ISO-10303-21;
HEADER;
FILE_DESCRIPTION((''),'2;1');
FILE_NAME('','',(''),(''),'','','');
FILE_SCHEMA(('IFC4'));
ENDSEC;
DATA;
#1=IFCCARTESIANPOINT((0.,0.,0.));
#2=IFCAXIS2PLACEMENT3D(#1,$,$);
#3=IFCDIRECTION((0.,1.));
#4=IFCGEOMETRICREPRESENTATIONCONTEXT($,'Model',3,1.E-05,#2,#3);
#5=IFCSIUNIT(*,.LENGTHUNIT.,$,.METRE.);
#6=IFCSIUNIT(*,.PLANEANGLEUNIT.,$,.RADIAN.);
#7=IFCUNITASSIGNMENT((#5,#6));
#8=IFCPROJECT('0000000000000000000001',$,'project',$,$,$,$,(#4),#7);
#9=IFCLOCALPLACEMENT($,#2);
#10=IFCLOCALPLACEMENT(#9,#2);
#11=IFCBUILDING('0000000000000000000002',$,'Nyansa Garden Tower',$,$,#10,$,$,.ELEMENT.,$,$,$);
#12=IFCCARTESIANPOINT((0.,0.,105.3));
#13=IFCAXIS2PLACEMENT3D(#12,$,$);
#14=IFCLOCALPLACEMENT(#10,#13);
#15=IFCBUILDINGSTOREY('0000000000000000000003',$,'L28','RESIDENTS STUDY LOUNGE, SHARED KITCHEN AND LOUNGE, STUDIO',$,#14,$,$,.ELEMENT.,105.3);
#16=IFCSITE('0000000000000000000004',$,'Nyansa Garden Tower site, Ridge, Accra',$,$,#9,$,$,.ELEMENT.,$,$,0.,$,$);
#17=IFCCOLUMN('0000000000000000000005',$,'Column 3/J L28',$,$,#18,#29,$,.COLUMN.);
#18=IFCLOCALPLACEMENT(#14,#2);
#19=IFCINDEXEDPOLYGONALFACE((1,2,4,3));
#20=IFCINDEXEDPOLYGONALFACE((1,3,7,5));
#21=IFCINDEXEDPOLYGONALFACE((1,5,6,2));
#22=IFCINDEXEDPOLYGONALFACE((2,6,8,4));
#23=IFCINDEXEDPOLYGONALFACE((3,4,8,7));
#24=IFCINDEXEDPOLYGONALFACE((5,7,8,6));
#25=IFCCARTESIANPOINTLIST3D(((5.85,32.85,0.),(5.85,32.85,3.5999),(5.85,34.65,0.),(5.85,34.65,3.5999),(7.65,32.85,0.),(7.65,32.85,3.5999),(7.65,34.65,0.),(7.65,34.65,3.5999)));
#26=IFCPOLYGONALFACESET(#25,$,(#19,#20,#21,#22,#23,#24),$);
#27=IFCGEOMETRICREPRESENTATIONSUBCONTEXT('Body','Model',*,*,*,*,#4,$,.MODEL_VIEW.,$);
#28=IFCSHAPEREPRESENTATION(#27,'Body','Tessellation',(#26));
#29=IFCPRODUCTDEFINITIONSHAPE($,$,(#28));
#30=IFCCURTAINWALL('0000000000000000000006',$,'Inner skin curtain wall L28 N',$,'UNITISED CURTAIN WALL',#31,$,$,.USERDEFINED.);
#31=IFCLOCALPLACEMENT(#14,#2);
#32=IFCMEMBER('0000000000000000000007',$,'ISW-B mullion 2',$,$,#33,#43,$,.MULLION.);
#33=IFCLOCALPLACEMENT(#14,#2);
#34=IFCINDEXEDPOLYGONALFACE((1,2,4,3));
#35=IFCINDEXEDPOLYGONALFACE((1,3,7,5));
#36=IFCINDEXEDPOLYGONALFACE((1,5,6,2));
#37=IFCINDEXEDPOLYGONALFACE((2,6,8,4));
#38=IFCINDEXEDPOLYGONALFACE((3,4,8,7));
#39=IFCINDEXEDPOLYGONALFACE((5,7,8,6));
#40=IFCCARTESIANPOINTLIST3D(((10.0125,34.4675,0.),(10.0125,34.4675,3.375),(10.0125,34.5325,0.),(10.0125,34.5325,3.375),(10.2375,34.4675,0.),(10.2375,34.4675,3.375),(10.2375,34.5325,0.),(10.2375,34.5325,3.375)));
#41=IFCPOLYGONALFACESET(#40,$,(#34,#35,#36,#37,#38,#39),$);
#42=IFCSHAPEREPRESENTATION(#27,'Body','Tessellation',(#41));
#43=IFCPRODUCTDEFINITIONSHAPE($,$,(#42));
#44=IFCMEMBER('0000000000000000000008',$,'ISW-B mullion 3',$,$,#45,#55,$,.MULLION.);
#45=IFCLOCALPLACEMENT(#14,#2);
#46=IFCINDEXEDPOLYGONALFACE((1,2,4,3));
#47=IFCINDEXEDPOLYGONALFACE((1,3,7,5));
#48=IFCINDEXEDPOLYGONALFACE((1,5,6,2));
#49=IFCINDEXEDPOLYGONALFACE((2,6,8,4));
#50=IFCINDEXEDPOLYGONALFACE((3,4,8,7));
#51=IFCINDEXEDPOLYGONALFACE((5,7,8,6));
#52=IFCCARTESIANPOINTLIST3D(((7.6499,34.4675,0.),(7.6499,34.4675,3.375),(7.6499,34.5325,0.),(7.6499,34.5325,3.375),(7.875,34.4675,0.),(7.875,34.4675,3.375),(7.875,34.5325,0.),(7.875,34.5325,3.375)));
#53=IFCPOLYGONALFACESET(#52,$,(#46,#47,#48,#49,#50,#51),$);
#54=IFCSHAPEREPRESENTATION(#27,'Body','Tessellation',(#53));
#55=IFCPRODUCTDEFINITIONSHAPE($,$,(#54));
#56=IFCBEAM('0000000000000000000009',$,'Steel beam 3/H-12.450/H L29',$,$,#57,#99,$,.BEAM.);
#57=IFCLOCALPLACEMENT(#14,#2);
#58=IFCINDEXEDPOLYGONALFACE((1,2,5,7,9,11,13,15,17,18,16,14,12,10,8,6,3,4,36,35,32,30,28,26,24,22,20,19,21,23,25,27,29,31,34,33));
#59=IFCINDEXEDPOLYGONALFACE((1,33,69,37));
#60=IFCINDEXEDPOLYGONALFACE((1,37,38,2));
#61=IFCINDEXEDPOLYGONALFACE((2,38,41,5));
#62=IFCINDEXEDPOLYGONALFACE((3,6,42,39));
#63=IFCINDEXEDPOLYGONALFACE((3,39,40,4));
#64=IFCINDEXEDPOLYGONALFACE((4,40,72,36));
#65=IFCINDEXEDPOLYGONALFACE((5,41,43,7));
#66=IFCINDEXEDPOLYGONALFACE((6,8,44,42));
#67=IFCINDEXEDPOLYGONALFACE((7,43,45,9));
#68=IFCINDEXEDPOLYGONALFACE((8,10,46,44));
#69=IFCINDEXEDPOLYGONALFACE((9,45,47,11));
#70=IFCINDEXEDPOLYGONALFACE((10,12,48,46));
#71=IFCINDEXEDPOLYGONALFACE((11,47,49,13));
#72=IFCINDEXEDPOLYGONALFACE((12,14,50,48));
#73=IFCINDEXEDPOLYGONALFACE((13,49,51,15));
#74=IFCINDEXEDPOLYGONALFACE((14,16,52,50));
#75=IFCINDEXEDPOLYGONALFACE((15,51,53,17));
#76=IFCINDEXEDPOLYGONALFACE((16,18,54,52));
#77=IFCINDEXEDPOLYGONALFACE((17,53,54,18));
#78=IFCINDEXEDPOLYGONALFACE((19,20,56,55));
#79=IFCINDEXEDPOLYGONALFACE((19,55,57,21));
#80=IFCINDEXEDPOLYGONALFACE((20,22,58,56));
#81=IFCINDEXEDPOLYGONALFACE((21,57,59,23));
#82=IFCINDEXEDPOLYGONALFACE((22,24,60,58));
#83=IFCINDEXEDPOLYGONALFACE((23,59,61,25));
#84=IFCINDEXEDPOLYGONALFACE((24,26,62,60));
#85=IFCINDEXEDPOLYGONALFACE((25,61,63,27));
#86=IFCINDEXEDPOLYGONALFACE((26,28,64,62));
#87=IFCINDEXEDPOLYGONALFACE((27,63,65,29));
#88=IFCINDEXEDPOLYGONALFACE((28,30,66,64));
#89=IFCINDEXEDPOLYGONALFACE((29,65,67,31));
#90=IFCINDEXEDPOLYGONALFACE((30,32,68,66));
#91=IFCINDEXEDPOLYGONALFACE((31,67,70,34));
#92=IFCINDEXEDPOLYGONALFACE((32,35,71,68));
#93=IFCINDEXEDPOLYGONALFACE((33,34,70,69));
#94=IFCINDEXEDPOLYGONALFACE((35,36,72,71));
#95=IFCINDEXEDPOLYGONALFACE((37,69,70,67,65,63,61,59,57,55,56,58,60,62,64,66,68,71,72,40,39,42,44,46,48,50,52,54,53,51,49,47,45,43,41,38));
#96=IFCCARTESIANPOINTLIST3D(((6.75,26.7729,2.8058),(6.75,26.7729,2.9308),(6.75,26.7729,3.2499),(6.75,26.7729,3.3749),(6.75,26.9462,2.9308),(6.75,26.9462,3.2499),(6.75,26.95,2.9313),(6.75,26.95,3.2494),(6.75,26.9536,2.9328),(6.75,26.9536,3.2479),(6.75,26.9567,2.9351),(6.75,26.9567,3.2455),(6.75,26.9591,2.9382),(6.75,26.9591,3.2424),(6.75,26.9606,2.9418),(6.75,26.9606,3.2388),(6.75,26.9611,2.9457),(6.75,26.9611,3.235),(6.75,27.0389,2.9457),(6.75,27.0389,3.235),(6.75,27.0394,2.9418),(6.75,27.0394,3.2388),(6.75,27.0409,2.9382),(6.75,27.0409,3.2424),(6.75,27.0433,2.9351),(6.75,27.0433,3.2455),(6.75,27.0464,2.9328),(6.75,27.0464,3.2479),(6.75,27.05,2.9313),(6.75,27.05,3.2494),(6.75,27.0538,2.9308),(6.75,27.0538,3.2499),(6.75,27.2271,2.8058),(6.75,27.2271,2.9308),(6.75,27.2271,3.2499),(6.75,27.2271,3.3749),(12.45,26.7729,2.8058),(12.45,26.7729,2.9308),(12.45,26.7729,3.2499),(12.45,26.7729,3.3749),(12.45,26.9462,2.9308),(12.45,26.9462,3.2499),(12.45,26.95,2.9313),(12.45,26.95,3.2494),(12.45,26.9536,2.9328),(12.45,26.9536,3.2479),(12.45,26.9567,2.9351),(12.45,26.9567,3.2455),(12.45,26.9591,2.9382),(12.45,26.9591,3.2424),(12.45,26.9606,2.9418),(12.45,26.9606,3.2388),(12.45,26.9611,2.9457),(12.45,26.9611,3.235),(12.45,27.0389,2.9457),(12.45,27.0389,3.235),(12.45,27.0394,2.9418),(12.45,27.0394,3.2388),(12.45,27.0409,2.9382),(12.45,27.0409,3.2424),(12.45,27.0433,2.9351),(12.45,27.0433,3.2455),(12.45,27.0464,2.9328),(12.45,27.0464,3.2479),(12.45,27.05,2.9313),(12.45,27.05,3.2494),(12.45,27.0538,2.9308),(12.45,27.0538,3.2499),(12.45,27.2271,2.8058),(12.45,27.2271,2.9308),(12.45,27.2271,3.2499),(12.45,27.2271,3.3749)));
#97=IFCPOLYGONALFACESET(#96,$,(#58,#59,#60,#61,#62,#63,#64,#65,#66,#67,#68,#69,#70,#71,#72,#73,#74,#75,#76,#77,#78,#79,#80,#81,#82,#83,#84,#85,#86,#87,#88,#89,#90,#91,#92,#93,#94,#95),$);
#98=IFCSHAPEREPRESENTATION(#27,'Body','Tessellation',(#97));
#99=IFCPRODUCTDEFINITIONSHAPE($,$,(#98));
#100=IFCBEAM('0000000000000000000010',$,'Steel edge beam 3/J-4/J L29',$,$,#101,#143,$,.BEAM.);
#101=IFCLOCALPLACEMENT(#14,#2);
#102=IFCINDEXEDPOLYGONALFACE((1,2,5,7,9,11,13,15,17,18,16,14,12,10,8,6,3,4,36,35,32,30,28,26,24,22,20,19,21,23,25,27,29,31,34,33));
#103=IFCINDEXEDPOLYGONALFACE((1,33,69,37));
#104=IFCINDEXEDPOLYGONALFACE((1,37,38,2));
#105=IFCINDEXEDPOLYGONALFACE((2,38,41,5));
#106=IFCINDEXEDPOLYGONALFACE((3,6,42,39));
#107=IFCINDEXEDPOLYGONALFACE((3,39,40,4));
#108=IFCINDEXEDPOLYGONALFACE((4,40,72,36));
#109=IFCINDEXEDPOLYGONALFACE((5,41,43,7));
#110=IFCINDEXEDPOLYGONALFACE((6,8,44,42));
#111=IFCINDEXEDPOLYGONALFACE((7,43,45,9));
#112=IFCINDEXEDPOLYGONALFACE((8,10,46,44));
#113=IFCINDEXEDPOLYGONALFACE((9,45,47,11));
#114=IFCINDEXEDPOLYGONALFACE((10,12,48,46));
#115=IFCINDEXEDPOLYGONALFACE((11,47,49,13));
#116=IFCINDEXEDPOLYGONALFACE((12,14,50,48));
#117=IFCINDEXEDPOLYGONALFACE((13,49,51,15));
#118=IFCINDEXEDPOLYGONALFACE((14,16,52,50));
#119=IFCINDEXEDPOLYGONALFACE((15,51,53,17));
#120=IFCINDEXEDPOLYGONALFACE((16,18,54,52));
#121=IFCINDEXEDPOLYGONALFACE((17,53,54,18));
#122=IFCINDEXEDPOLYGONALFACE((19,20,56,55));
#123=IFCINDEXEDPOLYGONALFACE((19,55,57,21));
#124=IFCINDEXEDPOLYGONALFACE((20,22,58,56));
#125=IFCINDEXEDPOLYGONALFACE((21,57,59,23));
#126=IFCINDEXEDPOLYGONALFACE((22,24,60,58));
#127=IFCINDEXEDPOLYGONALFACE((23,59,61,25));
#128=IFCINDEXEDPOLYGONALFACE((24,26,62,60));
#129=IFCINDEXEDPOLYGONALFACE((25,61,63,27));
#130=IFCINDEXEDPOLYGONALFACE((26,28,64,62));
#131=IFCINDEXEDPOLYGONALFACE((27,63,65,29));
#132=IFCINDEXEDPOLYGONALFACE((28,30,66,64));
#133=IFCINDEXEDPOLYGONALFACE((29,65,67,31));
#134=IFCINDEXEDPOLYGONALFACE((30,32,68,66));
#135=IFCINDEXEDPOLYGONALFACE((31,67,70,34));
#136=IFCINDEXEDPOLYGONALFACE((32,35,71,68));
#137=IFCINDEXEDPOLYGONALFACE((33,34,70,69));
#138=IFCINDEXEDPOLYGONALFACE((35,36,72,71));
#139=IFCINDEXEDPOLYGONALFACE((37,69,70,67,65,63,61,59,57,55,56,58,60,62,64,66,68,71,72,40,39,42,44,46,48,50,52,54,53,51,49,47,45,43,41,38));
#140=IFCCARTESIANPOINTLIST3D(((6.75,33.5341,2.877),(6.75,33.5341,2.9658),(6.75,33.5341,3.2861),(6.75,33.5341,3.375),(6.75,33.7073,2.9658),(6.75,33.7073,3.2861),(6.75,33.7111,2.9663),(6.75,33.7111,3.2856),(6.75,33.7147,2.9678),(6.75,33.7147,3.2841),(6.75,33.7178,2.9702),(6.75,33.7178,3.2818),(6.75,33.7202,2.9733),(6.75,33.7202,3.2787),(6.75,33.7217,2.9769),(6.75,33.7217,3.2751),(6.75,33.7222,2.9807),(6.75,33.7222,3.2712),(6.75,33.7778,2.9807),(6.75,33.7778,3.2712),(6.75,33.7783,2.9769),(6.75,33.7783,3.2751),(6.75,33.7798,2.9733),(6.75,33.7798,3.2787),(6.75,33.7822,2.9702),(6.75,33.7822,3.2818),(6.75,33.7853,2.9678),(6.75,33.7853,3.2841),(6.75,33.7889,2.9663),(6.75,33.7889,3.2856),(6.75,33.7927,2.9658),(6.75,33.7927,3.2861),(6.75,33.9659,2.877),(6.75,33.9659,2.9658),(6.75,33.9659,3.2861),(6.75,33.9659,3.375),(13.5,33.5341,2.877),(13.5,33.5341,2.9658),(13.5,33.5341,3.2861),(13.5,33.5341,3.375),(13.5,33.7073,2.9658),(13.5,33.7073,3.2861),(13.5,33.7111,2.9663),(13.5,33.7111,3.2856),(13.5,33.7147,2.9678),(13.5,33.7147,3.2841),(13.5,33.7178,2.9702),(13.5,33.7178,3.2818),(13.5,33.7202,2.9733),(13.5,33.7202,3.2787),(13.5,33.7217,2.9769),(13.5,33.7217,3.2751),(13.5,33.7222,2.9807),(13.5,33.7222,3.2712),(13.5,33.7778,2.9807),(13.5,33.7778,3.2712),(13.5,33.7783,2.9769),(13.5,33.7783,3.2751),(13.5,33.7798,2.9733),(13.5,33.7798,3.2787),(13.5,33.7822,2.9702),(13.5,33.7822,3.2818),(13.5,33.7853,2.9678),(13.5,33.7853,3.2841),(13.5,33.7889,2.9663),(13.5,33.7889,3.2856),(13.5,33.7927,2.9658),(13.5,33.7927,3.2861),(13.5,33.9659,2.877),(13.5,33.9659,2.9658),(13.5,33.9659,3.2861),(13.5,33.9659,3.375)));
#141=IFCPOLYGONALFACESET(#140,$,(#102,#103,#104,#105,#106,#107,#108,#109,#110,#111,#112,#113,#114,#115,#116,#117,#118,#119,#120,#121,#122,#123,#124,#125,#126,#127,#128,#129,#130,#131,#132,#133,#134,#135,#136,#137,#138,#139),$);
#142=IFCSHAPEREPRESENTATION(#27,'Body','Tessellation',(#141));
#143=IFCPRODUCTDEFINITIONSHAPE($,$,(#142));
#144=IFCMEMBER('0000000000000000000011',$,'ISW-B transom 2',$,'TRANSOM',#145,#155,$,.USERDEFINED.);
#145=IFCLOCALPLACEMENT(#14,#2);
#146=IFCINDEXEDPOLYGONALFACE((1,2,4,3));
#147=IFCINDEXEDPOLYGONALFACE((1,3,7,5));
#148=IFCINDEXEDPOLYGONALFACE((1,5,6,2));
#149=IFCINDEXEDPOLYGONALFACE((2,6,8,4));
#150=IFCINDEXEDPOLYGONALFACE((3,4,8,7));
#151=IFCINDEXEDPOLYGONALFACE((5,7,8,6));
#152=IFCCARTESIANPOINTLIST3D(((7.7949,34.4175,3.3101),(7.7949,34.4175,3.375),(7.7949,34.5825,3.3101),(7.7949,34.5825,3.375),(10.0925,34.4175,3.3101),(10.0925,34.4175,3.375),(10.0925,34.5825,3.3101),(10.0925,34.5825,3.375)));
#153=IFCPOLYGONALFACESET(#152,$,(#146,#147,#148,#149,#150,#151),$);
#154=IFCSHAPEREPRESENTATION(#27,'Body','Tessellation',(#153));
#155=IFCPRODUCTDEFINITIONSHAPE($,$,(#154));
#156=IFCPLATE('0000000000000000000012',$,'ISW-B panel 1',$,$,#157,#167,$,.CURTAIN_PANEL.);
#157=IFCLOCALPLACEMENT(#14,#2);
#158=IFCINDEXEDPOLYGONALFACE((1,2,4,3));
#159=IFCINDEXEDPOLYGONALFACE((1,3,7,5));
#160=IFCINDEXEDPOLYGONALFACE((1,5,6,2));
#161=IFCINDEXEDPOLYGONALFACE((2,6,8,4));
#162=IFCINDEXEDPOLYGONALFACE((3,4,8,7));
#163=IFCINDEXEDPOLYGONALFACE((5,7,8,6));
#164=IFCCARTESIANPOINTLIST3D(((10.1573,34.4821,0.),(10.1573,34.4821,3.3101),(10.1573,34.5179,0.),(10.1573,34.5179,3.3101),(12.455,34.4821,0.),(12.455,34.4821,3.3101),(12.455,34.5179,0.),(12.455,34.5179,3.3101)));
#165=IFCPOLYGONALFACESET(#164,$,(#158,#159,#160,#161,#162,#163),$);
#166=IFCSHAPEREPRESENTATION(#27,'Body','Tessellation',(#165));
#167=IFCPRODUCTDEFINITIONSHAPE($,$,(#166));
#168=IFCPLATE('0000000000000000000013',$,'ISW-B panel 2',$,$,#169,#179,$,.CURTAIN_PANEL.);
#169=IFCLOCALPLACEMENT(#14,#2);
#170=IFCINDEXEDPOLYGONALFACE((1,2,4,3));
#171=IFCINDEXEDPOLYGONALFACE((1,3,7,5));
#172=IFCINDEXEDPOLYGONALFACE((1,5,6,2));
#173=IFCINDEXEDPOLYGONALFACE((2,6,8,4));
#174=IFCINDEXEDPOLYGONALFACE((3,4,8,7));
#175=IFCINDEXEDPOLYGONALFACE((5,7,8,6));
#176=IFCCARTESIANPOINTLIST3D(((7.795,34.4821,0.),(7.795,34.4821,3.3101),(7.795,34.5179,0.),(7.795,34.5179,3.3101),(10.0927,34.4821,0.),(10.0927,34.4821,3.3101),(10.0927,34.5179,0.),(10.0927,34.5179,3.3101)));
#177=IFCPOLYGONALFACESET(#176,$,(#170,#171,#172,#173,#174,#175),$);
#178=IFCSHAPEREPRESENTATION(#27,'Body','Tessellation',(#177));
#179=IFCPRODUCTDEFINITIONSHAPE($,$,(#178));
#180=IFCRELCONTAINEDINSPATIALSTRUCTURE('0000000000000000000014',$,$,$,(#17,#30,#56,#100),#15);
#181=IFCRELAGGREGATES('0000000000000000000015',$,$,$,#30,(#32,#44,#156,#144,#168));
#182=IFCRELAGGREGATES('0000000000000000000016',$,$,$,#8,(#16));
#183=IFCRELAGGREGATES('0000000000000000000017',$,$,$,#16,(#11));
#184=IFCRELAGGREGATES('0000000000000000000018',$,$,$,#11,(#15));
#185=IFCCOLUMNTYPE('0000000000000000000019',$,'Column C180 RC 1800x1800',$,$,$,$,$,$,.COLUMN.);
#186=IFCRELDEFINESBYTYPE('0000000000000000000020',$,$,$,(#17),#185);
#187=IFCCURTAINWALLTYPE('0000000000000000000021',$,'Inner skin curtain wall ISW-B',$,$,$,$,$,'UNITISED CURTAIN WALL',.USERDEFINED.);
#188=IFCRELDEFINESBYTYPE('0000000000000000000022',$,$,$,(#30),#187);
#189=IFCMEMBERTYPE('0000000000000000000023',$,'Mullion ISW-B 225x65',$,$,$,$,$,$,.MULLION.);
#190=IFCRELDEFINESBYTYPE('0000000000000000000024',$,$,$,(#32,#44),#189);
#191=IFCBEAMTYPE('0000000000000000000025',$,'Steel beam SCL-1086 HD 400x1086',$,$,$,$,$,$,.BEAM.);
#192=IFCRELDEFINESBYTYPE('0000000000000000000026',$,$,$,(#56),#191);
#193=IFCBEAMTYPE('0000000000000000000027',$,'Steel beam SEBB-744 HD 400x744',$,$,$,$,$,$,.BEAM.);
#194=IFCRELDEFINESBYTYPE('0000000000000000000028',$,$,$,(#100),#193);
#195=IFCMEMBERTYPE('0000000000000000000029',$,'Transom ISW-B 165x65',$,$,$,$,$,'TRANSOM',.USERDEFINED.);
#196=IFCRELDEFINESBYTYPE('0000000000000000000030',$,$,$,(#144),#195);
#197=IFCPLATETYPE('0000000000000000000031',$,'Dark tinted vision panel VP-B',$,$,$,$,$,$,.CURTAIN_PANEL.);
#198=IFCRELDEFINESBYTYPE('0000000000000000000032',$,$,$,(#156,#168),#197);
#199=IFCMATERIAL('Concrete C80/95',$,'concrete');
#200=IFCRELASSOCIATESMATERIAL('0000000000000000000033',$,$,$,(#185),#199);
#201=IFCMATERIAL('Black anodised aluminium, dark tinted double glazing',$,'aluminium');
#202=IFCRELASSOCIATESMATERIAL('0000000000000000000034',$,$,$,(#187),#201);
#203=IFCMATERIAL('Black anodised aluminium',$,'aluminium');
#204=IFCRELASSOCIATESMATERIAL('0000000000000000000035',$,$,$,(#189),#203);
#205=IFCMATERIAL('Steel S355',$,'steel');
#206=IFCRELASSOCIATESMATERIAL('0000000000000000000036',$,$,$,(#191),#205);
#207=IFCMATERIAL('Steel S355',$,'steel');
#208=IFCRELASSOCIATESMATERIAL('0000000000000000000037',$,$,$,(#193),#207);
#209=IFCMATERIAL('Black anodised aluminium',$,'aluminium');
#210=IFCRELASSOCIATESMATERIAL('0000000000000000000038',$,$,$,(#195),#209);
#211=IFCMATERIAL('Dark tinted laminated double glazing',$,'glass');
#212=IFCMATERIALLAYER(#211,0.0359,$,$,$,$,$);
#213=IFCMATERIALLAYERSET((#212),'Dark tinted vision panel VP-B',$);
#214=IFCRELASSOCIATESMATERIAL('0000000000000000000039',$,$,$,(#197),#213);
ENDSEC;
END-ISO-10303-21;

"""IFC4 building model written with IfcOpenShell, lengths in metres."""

from ifc_helpers import new_model, si_unit, direction, frame, origin, origin_2d, place, context, subcontext, project, spatial, rectangle, i_section, extrude, material, layer, layer_set, material_profile, profile_set, type_object, element, aggregate, save


model = new_model("IFC4")

# Units and contexts
model_context = context("Model", 3, precision=1e-05, world=origin(), true_north=direction((0.0, 1.0)))
body_context = subcontext(model_context, "Body", "Model", "MODEL_VIEW")
ifc_project = project(units=[si_unit("LENGTHUNIT", "METRE"), si_unit("PLANEANGLEUNIT", "RADIAN")], contexts=[model_context])

# Site, building, storey
site_placement = place(None, origin())
site = spatial("IfcSite", under=ifc_project, at=site_placement, Name="Nyansa Garden Tower site, Ridge, Accra", CompositionType="ELEMENT", RefElevation=0.0)
building_placement = place(site_placement, origin())
building = spatial("IfcBuilding", under=site, at=building_placement, Name="Nyansa Garden Tower", CompositionType="ELEMENT")
storey_placement = place(building_placement, frame((0.0, 0.0, 105.3)))
storey = spatial("IfcBuildingStorey", under=building, at=storey_placement, Name="L28", Description="RESIDENTS STUDY LOUNGE, SHARED KITCHEN AND LOUNGE, STUDIO", CompositionType="ELEMENT", Elevation=105.3)

# Column
ifc_material_1 = material(Name="Concrete C80/95", Category="concrete")
ifc_material_profile_1 = material_profile(ifc_material_1, rectangle(XDim=1.8, YDim=1.8, at=origin_2d()), Name="RC 1800x1800")
ifc_profile_set_1 = profile_set([ifc_material_profile_1], Name="Concrete C80/95")
column_type = type_object("IfcColumnType", Name="Column C180 RC 1800x1800", PredefinedType="COLUMN", material=ifc_profile_set_1)
column_placement = place(storey_placement, frame((6.75, 33.75, 0.0), z_axis=(0.0, 0.0, 1.0), x_axis=(1.0, 0.0, 0.0)))
element("IfcColumn", 1, at=column_placement, inside=storey, type_object=column_type, Name="Column 3/J L28", PredefinedType="COLUMN", context=body_context, shape_type="SweptSolid", body=[
    extrude(rectangle(XDim=1.8, YDim=1.8, at=origin_2d()), origin(), (0.0, 0.0, 1.0), 3.5999),
])

# Curtain wall, members
ifc_material_2 = material(Name="Black anodised aluminium, dark tinted double glazing", Category="aluminium")
curtain_wall_type = type_object("IfcCurtainWallType", Name="Inner skin curtain wall ISW-B", ElementType="UNITISED CURTAIN WALL", PredefinedType="USERDEFINED", material=ifc_material_2)
curtain_wall_placement = place(storey_placement, origin())
curtain_wall = element("IfcCurtainWall", 2, at=curtain_wall_placement, inside=storey, type_object=curtain_wall_type, Name="Inner skin curtain wall L28 N", ObjectType="UNITISED CURTAIN WALL", PredefinedType="USERDEFINED")
ifc_material_3 = material(Name="Black anodised aluminium", Category="aluminium")
ifc_material_profile_2 = material_profile(ifc_material_3, rectangle(XDim=0.0649, YDim=0.2251, at=origin_2d()), Name="Mullion 225x65")
ifc_profile_set_2 = profile_set([ifc_material_profile_2], Name="Black anodised aluminium")
member_type_1 = type_object("IfcMemberType", Name="Mullion ISW-B 225x65", PredefinedType="MULLION", material=ifc_profile_set_2)
member_1_placement = place(storey_placement, frame((10.125, 34.5, 0.0), z_axis=(0.0, 0.0, 1.0), x_axis=(0.0, -1.0, 0.0)))
member_1 = element("IfcMember", 3, at=member_1_placement, type_object=member_type_1, Name="ISW-B mullion 2", PredefinedType="MULLION", context=body_context, shape_type="SweptSolid", body=[
    extrude(rectangle(XDim=0.0649, YDim=0.2251, at=origin_2d()), origin(), (0.0, 0.0, 1.0), 3.375),
])
member_2_placement = place(storey_placement, frame((7.7625, 34.5, 0.0), z_axis=(0.0, 0.0, 1.0), x_axis=(0.0, -1.0, 0.0)))
member_2 = element("IfcMember", 4, at=member_2_placement, type_object=member_type_1, Name="ISW-B mullion 3", PredefinedType="MULLION", context=body_context, shape_type="SweptSolid", body=[
    extrude(rectangle(XDim=0.0649, YDim=0.2251, at=origin_2d()), origin(), (0.0, 0.0, 1.0), 3.375),
])

# Beams
ifc_material_4 = material(Name="Steel S355", Category="steel")
ifc_material_profile_3 = material_profile(ifc_material_4, i_section(OverallWidth=0.4541, OverallDepth=0.5691, WebThickness=0.0779, FlangeThickness=0.125, FilletRadius=0.0149, at=origin_2d()), Name="HD 400x1086")
ifc_profile_set_3 = profile_set([ifc_material_profile_3], Name="Steel S355")
beam_type_1 = type_object("IfcBeamType", Name="Steel beam SCL-1086 HD 400x1086", PredefinedType="BEAM", material=ifc_profile_set_3)
beam_1_placement = place(storey_placement, frame((6.75, 27.0, 3.0903), z_axis=(1.0, 0.0, 0.0), x_axis=(0.0, 1.0, 0.0)))
element("IfcBeam", 5, at=beam_1_placement, inside=storey, type_object=beam_type_1, Name="Steel beam 3/H-12.450/H L29", PredefinedType="BEAM", context=body_context, shape_type="SweptSolid", body=[
    extrude(i_section(OverallWidth=0.4541, OverallDepth=0.5691, WebThickness=0.0779, FlangeThickness=0.125, FilletRadius=0.0149, at=origin_2d()), origin(), (0.0, 0.0, 1.0), 5.7),
])
ifc_material_5 = material(Name="Steel S355", Category="steel")
ifc_material_profile_4 = material_profile(ifc_material_5, i_section(OverallWidth=0.4319, OverallDepth=0.498, WebThickness=0.0557, FlangeThickness=0.0889, FilletRadius=0.0149, at=origin_2d()), Name="HD 400x744")
ifc_profile_set_4 = profile_set([ifc_material_profile_4], Name="Steel S355")
beam_type_2 = type_object("IfcBeamType", Name="Steel beam SEBB-744 HD 400x744", PredefinedType="BEAM", material=ifc_profile_set_4)
beam_2_placement = place(storey_placement, frame((6.75, 33.75, 3.126), z_axis=(1.0, 0.0, 0.0), x_axis=(0.0, 1.0, 0.0)))
element("IfcBeam", 6, at=beam_2_placement, inside=storey, type_object=beam_type_2, Name="Steel edge beam 3/J-4/J L29", PredefinedType="BEAM", context=body_context, shape_type="SweptSolid", body=[
    extrude(i_section(OverallWidth=0.4319, OverallDepth=0.498, WebThickness=0.0557, FlangeThickness=0.0889, FilletRadius=0.0149, at=origin_2d()), origin(), (0.0, 0.0, 1.0), 6.75),
])

# Member
ifc_material_6 = material(Name="Black anodised aluminium", Category="aluminium")
ifc_material_profile_5 = material_profile(ifc_material_6, rectangle(XDim=0.165, YDim=0.0649, at=origin_2d()), Name="Transom 165x65")
ifc_profile_set_5 = profile_set([ifc_material_profile_5], Name="Black anodised aluminium")
member_type_2 = type_object("IfcMemberType", Name="Transom ISW-B 165x65", ElementType="TRANSOM", PredefinedType="USERDEFINED", material=ifc_profile_set_5)
member_3_placement = place(storey_placement, frame((10.0925, 34.5, 3.3425), z_axis=(-1.0, 0.0, 0.0), x_axis=(0.0, -1.0, 0.0)))
member_3 = element("IfcMember", 7, at=member_3_placement, type_object=member_type_2, Name="ISW-B transom 2", ObjectType="TRANSOM", PredefinedType="USERDEFINED", context=body_context, shape_type="SweptSolid", body=[
    extrude(rectangle(XDim=0.165, YDim=0.0649, at=origin_2d()), origin(), (0.0, 0.0, 1.0), 2.2976),
])

# Plates
ifc_material_7 = material(Name="Dark tinted laminated double glazing", Category="glass")
ifc_layer_1 = layer(ifc_material_7, 0.0359)
ifc_layer_set_1 = layer_set([ifc_layer_1], Name="Dark tinted vision panel VP-B")
plate_type = type_object("IfcPlateType", Name="Dark tinted vision panel VP-B", PredefinedType="CURTAIN_PANEL", material=ifc_layer_set_1)
plate_1_placement = place(storey_placement, frame((11.3062, 34.5, 0.0), z_axis=(0.0, 0.0, 1.0), x_axis=(-1.0, 0.0, 0.0)))
plate_1 = element("IfcPlate", 8, at=plate_1_placement, type_object=plate_type, Name="ISW-B panel 1", PredefinedType="CURTAIN_PANEL", context=body_context, shape_type="SweptSolid", body=[
    extrude(rectangle(XDim=2.2976, YDim=0.0359, at=origin_2d()), origin(), (0.0, 0.0, 1.0), 3.3101),
])
plate_2_placement = place(storey_placement, frame((8.9438, 34.5, 0.0), z_axis=(0.0, 0.0, 1.0), x_axis=(-1.0, 0.0, 0.0)))
plate_2 = element("IfcPlate", 9, at=plate_2_placement, type_object=plate_type, Name="ISW-B panel 2", PredefinedType="CURTAIN_PANEL", context=body_context, shape_type="SweptSolid", body=[
    extrude(rectangle(XDim=2.2976, YDim=0.0359, at=origin_2d()), origin(), (0.0, 0.0, 1.0), 3.3101),
])
aggregate(curtain_wall, [member_1, member_2, plate_1, member_3, plate_2])

save(model, "model.ifc")
